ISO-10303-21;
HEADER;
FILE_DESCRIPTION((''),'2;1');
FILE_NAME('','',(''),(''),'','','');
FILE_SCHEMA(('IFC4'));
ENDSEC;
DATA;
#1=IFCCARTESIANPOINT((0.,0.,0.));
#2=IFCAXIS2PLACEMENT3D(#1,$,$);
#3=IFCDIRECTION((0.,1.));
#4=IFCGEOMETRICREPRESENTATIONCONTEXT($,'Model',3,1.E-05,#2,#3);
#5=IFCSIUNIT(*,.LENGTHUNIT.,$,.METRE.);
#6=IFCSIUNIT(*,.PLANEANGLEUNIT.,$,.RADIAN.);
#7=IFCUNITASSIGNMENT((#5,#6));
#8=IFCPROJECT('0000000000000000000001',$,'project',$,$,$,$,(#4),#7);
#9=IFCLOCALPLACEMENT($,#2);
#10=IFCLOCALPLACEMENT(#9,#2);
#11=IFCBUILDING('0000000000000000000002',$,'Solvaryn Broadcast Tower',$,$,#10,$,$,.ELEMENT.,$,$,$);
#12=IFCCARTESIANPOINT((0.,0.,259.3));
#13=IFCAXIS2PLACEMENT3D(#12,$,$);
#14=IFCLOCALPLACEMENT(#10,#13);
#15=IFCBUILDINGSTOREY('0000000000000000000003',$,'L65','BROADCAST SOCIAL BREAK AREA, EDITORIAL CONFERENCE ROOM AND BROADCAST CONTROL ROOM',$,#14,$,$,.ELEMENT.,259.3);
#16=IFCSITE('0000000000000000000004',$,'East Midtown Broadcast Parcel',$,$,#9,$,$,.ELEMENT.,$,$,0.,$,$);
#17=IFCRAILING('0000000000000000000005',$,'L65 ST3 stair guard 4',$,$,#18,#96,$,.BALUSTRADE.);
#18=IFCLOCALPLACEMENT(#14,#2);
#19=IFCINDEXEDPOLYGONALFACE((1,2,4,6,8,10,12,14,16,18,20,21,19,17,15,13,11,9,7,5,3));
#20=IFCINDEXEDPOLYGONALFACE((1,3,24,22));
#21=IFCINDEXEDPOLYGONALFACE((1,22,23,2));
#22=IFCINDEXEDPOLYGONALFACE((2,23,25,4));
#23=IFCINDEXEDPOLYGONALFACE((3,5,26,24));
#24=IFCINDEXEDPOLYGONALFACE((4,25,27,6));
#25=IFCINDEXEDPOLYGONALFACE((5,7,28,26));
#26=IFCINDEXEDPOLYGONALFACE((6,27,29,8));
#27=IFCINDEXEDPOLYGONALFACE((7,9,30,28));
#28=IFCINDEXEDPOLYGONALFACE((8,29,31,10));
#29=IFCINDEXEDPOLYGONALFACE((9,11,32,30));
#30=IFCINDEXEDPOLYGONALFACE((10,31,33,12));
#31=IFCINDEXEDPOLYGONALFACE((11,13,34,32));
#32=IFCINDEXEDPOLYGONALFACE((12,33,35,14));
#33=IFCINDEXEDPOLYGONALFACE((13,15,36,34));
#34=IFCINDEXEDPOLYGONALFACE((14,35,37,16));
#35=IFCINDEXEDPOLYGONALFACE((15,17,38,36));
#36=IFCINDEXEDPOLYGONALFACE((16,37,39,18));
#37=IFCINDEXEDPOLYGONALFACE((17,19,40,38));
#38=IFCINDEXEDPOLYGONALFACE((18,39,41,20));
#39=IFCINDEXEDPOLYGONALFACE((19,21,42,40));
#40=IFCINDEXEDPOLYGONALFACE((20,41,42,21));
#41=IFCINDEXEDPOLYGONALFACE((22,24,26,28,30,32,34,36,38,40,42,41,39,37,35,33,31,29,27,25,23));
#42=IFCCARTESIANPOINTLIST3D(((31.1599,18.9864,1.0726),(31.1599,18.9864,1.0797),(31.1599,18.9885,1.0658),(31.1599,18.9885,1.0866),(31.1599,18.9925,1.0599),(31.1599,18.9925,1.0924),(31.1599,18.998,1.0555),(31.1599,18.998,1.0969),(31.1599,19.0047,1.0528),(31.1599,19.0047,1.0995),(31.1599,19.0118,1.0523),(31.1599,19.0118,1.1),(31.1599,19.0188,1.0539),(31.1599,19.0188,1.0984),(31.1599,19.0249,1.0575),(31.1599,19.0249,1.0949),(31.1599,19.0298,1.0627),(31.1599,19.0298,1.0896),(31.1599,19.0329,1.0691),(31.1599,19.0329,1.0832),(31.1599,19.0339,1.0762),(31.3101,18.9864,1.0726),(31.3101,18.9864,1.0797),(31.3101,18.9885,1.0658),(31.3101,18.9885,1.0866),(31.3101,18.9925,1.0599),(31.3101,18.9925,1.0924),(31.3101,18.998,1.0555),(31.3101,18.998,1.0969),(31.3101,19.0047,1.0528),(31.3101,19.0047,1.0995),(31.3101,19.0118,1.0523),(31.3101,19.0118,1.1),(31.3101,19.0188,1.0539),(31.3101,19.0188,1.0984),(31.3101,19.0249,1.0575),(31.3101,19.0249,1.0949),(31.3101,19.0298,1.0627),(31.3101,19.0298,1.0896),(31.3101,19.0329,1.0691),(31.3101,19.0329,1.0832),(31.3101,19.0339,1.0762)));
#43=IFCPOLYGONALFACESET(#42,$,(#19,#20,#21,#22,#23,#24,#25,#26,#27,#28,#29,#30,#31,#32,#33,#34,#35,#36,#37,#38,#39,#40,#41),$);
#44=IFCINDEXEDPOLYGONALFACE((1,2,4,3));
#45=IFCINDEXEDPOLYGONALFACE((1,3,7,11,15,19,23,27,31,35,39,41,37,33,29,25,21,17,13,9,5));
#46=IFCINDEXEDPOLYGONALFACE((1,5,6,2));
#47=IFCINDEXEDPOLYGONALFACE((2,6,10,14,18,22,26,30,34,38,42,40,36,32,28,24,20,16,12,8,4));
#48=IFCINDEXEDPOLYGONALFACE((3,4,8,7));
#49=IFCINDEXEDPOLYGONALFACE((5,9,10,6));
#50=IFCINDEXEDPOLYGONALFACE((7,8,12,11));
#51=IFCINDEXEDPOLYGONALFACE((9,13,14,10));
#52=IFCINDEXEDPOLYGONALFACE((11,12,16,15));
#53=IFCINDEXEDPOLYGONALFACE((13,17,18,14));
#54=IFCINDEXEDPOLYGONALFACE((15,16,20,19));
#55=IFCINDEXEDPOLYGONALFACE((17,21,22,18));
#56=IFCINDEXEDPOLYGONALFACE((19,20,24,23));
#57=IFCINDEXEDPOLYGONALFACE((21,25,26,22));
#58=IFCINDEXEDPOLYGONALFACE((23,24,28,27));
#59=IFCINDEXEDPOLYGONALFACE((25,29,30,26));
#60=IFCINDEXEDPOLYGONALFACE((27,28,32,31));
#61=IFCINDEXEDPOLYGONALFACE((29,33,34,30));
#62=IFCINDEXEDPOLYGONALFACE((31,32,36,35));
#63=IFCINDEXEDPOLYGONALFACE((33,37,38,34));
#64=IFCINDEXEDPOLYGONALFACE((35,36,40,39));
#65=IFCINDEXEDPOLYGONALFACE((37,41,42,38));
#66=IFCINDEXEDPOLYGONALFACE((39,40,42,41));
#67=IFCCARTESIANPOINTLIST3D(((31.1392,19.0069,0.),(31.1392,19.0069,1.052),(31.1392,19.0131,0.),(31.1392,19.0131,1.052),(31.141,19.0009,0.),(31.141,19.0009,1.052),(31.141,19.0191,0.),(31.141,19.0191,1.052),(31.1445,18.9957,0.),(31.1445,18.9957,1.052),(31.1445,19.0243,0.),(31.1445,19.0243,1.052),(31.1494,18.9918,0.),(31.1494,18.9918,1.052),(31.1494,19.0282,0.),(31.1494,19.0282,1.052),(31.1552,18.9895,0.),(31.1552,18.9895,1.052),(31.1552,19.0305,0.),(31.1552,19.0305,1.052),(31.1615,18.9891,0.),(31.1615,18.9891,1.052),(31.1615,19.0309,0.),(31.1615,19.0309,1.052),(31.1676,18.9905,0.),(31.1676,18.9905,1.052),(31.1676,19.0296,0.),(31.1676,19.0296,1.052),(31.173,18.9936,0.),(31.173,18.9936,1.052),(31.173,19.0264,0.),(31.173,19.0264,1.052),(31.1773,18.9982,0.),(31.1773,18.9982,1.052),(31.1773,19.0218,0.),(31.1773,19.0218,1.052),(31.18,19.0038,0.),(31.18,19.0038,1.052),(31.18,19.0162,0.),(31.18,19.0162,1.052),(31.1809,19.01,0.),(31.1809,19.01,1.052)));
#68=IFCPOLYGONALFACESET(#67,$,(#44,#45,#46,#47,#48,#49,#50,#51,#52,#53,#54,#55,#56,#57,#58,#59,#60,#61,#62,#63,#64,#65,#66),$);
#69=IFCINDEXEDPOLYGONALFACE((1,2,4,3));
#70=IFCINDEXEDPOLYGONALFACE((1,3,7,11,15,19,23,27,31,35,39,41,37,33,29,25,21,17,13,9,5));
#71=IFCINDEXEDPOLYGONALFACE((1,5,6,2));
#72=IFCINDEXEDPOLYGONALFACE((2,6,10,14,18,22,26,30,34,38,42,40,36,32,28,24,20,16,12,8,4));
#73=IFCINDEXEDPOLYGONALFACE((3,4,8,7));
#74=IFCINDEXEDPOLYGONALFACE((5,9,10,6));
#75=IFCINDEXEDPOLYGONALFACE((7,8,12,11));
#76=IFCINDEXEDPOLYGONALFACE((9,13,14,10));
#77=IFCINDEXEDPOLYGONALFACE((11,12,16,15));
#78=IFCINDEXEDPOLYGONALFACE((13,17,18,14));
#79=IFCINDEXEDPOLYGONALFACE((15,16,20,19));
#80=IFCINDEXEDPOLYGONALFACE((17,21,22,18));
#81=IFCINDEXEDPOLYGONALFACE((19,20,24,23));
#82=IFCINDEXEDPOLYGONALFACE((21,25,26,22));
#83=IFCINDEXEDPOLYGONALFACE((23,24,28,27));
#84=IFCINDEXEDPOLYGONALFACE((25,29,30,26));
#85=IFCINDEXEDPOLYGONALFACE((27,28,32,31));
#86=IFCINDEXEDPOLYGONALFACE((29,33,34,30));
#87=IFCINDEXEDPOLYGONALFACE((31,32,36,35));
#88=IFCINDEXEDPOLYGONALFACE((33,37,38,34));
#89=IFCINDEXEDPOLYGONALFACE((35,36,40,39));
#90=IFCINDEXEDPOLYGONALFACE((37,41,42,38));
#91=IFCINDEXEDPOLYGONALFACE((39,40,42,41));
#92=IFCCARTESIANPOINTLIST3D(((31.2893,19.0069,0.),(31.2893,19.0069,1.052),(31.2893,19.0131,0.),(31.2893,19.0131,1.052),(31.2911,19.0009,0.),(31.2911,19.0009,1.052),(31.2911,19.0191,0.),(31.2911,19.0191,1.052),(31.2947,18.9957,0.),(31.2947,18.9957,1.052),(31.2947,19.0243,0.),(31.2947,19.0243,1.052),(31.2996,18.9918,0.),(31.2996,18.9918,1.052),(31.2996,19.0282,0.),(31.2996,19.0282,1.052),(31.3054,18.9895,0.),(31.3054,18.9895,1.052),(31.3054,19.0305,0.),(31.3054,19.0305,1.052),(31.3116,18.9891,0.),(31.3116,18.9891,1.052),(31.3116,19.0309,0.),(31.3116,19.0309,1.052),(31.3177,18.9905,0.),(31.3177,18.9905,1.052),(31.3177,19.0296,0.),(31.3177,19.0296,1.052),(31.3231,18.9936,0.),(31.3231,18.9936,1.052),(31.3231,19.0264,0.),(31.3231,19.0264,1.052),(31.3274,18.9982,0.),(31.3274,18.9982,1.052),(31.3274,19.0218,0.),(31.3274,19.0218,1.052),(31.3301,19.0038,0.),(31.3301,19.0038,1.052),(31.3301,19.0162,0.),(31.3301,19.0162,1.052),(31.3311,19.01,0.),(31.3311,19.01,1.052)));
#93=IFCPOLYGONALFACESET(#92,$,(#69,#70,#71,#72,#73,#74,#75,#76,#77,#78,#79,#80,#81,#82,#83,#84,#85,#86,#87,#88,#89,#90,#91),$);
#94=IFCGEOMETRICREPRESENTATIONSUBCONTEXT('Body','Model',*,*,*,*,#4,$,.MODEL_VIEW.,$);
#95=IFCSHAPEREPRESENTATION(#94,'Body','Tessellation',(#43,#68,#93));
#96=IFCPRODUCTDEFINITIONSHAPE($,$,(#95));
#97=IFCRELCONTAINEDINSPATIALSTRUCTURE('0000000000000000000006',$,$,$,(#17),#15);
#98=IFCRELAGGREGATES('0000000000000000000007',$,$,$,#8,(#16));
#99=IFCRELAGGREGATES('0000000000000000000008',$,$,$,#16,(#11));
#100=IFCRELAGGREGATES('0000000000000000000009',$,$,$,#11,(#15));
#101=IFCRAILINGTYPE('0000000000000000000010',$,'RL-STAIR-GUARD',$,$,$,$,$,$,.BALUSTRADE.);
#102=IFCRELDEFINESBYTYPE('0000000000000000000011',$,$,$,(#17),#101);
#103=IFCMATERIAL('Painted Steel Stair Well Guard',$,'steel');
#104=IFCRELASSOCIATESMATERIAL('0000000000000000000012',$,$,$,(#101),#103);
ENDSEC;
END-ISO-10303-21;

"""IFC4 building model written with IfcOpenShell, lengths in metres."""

from ifc_helpers import new_model, si_unit, direction, frame, origin, origin_2d, place, context, subcontext, project, spatial, circle, extrude, material, type_object, element, save


model = new_model("IFC4")

# Units and contexts
model_context = context("Model", 3, precision=1e-05, world=origin(), true_north=direction((0.0, 1.0)))
body_context = subcontext(model_context, "Body", "Model", "MODEL_VIEW")
ifc_project = project(units=[si_unit("LENGTHUNIT", "METRE"), si_unit("PLANEANGLEUNIT", "RADIAN")], contexts=[model_context])

# Site, building, storey
site_placement = place(None, origin())
site = spatial("IfcSite", under=ifc_project, at=site_placement, Name="East Midtown Broadcast Parcel", CompositionType="ELEMENT", RefElevation=0.0)
building_placement = place(site_placement, origin())
building = spatial("IfcBuilding", under=site, at=building_placement, Name="Solvaryn Broadcast Tower", CompositionType="ELEMENT")
storey_placement = place(building_placement, frame((0.0, 0.0, 259.3)))
storey = spatial("IfcBuildingStorey", under=building, at=storey_placement, Name="L65", Description="BROADCAST SOCIAL BREAK AREA, EDITORIAL CONFERENCE ROOM AND BROADCAST CONTROL ROOM", CompositionType="ELEMENT", Elevation=259.3)

# Railing
ifc_material_1 = material(Name="Painted Steel Stair Well Guard", Category="steel")
railing_type_1 = type_object("IfcRailingType", Name="RL-STAIR-GUARD", PredefinedType="BALUSTRADE", material=ifc_material_1)
railing_1_placement = place(storey_placement, frame((31.1599, 19.01, 0.0)))
element("IfcRailing", 1, at=railing_1_placement, inside=storey, type_object=railing_type_1, Name="L65 ST3 stair guard 4", PredefinedType="BALUSTRADE", context=body_context, shape_type="SweptSolid", body=[
    extrude(circle(Radius=0.0239, at=origin_2d()), frame((0.0, 0.0, 1.0762), z_axis=(1.0, 0.0, 0.0), x_axis=(0.0, 1.0, 0.0)), (0.0, 0.0, 1.0), 0.1501),
    extrude(circle(Radius=0.021, at=origin_2d()), origin(), (0.0, 0.0, 1.0), 1.052),
    extrude(circle(Radius=0.021, at=origin_2d()), frame((0.1501, 0.0, 0.0)), (0.0, 0.0, 1.0), 1.052),
])

save(model, "model.ifc")
